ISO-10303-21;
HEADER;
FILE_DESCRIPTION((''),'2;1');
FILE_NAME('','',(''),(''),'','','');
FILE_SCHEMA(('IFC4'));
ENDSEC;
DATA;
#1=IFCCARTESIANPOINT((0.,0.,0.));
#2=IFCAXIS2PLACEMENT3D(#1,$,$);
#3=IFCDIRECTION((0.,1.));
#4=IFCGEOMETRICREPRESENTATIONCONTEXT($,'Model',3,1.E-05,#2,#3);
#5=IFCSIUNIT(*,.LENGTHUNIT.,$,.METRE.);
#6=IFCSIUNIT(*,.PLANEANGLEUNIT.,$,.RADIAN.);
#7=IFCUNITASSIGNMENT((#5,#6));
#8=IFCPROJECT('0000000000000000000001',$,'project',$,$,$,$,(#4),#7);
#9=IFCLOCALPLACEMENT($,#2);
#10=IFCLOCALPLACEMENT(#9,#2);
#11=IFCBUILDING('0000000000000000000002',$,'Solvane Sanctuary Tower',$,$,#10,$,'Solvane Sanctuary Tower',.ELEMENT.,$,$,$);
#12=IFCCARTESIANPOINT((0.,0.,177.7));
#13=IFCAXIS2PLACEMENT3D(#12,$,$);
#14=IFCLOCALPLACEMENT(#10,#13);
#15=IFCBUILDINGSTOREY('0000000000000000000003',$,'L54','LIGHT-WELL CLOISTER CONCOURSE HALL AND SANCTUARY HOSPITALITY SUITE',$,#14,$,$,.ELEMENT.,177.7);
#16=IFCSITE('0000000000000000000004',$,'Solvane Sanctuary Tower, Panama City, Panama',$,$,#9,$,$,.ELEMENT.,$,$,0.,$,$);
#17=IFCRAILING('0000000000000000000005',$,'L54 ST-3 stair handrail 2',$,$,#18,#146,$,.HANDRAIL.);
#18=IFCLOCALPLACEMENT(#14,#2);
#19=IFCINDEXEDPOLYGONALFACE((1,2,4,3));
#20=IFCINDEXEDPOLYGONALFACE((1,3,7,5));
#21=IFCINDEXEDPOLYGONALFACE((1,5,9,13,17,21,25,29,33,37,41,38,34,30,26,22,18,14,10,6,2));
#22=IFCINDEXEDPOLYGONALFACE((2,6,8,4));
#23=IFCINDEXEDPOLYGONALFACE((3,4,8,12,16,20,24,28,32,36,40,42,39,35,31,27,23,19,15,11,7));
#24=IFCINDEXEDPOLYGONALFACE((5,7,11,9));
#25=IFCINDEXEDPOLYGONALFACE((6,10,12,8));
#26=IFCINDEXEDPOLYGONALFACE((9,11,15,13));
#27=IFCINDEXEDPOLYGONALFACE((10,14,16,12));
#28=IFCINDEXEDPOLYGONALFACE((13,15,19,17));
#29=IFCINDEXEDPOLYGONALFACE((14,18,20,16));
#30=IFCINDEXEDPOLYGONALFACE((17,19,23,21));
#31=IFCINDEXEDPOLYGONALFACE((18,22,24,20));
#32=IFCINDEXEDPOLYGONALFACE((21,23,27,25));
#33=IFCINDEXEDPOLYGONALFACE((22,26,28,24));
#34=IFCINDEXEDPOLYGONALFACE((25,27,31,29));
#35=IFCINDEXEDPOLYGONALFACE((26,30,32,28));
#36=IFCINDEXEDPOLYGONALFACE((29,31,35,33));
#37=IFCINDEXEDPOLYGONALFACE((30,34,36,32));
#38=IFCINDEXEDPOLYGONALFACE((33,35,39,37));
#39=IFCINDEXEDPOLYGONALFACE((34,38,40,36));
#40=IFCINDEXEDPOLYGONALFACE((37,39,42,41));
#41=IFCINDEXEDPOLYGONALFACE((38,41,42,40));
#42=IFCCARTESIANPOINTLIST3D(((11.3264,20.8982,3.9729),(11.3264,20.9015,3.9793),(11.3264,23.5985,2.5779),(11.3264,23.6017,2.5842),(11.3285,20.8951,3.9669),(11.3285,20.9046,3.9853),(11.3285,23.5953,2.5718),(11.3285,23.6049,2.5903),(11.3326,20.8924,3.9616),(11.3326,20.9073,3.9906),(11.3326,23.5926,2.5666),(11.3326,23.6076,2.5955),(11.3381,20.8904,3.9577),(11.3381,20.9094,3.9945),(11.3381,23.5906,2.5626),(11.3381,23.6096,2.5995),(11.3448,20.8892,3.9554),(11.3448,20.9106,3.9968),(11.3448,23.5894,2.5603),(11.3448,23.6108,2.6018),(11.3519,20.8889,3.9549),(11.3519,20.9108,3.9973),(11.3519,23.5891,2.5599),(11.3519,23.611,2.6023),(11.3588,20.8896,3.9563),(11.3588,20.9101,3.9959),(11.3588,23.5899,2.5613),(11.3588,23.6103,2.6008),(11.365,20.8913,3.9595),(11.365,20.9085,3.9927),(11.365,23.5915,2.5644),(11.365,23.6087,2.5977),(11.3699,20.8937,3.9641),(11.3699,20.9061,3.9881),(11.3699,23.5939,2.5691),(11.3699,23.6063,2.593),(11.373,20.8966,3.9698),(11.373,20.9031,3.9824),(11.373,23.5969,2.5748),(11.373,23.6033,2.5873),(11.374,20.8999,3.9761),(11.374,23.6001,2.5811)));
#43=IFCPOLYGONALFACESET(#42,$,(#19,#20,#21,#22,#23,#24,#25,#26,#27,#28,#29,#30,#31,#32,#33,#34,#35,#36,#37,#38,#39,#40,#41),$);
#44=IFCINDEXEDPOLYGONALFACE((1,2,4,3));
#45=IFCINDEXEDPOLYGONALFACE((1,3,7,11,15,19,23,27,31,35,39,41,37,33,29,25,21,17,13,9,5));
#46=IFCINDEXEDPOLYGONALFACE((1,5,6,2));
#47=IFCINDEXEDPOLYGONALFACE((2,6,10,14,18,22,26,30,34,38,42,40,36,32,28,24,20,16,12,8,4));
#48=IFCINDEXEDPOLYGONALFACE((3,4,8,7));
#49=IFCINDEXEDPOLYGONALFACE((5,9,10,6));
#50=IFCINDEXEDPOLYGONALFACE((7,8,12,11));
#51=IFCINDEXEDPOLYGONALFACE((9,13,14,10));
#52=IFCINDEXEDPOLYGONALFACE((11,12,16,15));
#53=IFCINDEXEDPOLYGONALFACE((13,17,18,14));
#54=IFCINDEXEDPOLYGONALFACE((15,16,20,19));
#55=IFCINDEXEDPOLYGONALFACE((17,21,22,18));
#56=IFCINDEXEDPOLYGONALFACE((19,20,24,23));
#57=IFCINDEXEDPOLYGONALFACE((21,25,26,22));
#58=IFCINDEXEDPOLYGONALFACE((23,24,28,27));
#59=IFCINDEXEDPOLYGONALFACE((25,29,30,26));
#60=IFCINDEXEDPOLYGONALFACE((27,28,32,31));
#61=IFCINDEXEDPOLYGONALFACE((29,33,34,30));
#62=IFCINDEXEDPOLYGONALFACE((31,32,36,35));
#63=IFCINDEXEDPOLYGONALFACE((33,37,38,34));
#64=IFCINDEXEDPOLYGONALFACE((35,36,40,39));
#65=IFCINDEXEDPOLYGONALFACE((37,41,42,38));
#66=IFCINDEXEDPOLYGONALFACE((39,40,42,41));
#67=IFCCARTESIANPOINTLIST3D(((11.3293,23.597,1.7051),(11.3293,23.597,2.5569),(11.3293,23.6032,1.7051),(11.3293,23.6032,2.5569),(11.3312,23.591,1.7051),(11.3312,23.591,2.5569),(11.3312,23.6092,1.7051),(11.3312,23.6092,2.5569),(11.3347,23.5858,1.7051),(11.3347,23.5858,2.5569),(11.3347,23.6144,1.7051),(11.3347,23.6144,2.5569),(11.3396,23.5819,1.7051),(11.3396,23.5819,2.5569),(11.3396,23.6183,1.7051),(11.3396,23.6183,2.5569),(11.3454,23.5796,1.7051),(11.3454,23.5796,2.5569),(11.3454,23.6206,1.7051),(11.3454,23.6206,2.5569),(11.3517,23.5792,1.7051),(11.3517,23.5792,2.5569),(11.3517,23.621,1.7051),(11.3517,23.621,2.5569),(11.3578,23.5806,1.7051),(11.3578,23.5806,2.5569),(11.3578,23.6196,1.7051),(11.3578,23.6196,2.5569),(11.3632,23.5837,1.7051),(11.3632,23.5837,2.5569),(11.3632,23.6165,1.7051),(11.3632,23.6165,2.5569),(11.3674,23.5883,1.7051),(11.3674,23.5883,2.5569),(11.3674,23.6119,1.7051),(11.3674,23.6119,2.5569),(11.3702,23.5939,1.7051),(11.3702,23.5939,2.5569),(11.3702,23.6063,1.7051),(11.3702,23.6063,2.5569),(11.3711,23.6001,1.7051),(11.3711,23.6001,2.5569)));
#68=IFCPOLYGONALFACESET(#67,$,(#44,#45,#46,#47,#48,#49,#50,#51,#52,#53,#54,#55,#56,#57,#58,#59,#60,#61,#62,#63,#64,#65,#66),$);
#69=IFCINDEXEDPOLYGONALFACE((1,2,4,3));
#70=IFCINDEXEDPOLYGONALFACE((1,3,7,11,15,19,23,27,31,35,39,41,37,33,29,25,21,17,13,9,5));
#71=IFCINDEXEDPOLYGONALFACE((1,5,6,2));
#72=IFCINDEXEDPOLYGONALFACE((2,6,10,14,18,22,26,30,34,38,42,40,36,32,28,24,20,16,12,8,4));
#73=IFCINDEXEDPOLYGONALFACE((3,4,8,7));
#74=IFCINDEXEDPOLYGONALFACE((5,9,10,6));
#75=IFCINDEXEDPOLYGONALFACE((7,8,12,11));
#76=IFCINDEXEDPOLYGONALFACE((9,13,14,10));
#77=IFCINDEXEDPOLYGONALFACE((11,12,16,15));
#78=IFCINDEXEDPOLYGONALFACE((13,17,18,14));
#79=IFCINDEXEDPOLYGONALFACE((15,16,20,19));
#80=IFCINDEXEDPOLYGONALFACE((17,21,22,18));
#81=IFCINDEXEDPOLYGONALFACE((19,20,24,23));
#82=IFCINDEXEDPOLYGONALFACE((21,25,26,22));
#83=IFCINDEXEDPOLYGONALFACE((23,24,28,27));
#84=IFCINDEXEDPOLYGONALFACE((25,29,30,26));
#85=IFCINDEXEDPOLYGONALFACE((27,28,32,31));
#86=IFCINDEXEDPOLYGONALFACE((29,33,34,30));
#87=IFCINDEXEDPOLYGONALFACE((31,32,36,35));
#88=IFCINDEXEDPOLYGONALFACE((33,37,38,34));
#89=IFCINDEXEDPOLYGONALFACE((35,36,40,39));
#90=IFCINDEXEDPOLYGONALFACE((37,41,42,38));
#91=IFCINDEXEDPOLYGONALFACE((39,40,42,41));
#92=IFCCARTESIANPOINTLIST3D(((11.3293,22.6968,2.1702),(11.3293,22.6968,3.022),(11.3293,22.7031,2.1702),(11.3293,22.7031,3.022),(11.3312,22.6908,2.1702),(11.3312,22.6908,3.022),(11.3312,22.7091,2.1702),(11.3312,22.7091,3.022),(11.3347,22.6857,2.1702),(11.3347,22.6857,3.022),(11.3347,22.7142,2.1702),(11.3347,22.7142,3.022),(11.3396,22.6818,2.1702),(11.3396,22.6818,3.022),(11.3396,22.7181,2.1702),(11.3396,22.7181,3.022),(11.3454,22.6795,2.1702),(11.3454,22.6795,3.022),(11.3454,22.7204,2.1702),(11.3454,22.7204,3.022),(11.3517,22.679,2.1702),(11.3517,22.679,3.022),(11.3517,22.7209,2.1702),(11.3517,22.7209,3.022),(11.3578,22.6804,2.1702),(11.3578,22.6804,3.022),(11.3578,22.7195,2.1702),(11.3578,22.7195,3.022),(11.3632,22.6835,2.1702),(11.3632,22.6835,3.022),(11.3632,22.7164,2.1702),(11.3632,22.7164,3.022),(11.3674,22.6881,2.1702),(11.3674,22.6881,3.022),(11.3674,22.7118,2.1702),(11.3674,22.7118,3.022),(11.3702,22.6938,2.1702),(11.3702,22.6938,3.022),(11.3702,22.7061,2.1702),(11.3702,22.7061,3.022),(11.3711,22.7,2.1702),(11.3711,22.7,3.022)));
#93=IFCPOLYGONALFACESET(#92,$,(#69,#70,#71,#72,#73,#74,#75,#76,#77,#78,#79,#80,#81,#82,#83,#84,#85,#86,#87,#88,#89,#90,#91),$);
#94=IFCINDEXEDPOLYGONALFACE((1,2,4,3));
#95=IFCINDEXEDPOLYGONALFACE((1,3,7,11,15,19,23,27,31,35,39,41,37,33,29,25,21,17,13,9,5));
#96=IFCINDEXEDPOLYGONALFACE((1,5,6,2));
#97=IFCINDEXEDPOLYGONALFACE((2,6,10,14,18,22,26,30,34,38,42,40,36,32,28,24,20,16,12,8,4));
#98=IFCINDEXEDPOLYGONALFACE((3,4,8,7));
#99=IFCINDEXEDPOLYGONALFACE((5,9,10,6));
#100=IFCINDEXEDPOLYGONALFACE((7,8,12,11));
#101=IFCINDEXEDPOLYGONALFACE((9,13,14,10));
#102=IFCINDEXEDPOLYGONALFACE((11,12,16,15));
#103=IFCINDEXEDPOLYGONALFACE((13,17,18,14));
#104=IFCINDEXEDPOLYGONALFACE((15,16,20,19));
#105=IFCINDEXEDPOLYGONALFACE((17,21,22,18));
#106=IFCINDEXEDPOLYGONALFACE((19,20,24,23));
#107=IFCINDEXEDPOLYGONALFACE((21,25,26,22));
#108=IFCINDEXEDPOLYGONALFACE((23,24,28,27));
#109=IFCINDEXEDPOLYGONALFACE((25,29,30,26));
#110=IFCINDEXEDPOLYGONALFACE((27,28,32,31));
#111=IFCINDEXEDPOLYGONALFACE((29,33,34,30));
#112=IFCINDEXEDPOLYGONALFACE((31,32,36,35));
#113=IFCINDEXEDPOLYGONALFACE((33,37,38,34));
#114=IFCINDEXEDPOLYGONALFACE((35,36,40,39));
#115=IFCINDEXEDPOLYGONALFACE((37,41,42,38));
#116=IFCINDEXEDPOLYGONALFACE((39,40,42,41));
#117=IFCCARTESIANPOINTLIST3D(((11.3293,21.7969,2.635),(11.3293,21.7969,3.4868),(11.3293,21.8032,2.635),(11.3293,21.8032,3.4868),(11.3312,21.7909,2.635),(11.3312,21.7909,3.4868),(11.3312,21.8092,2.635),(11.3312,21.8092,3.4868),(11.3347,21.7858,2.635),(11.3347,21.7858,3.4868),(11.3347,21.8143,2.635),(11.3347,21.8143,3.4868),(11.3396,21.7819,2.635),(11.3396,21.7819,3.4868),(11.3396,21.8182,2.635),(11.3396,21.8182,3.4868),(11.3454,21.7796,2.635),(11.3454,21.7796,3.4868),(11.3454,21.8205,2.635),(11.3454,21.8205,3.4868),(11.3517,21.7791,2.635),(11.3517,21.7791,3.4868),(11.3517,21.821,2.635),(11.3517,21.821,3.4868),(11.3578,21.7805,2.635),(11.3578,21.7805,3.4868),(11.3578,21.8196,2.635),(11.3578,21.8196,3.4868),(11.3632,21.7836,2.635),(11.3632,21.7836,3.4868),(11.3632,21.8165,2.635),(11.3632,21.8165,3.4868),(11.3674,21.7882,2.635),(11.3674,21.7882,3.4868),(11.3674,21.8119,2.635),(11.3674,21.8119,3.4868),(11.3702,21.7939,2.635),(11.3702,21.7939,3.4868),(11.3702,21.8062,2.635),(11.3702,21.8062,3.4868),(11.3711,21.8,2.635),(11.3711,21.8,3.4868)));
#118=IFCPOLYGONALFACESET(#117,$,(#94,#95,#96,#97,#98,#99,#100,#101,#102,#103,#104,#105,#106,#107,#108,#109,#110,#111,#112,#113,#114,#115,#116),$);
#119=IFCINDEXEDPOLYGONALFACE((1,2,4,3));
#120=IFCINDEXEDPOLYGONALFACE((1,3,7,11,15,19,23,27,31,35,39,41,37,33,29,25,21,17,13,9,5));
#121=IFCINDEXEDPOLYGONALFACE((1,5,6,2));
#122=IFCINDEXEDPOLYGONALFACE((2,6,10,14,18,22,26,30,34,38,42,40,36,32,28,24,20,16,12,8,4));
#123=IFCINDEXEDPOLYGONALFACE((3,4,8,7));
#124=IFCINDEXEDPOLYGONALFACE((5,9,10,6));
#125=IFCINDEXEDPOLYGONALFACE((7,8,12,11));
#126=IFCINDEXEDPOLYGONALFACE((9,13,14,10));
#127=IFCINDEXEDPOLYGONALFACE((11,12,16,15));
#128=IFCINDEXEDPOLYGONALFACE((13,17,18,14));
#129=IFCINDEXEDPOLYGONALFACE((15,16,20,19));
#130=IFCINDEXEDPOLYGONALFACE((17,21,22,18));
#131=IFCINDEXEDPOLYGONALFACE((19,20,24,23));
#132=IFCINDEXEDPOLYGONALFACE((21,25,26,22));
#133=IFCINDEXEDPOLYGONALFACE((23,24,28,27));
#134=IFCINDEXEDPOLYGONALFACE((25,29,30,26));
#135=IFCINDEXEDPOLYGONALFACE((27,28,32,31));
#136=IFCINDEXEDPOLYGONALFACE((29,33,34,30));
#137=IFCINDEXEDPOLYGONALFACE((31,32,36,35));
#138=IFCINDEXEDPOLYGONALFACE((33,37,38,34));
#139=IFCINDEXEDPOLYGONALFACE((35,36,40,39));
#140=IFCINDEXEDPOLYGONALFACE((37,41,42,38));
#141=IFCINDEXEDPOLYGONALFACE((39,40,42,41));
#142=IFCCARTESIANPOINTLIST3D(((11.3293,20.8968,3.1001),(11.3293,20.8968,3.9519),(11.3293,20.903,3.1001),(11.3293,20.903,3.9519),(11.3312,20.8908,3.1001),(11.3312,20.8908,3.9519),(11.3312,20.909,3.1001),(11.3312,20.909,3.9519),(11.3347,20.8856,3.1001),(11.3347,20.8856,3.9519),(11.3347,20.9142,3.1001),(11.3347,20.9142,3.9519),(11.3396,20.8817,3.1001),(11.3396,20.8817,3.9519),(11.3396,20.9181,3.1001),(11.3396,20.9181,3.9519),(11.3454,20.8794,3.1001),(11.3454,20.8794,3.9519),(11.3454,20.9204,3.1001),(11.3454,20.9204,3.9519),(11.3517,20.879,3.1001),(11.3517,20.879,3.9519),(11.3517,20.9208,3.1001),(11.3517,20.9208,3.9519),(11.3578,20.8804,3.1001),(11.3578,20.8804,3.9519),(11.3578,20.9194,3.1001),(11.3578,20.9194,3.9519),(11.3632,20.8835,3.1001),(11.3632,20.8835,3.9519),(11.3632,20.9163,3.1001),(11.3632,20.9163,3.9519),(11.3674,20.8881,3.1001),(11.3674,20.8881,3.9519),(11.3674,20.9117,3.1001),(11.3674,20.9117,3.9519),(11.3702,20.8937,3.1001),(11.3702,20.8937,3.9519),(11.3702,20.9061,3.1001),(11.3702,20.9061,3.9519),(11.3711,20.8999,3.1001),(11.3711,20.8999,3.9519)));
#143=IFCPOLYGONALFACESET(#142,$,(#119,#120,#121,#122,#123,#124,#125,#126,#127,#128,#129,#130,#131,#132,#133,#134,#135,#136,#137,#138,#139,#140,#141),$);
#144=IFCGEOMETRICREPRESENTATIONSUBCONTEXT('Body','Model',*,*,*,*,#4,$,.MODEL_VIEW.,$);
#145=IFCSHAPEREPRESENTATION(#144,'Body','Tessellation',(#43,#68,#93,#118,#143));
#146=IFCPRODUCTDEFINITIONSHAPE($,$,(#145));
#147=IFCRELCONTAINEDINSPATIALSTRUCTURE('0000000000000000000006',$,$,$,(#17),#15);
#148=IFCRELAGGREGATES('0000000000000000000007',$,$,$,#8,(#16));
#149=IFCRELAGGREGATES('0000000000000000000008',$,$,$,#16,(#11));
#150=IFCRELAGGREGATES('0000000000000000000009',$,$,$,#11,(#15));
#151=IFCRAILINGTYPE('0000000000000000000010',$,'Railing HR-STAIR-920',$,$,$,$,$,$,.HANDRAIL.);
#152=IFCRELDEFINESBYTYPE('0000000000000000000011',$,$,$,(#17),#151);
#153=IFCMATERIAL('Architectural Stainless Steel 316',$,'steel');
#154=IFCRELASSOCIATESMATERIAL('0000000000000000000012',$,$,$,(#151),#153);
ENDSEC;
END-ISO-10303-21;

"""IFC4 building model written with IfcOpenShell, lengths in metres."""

from ifc_helpers import new_model, si_unit, direction, frame, origin, origin_2d, place, context, subcontext, project, spatial, circle, extrude, material, type_object, element, save


model = new_model("IFC4")

# Units and contexts
model_context = context("Model", 3, precision=1e-05, world=origin(), true_north=direction((0.0, 1.0)))
body_context = subcontext(model_context, "Body", "Model", "MODEL_VIEW")
ifc_project = project(units=[si_unit("LENGTHUNIT", "METRE"), si_unit("PLANEANGLEUNIT", "RADIAN")], contexts=[model_context])

# Site, building, storey
site_placement = place(None, origin())
site = spatial("IfcSite", under=ifc_project, at=site_placement, Name="Solvane Sanctuary Tower, Panama City, Panama", CompositionType="ELEMENT", RefElevation=0.0)
building_placement = place(site_placement, origin())
building = spatial("IfcBuilding", under=site, at=building_placement, Name="Solvane Sanctuary Tower", LongName="Solvane Sanctuary Tower", CompositionType="ELEMENT")
storey_placement = place(building_placement, frame((0.0, 0.0, 177.7)))
storey = spatial("IfcBuildingStorey", under=building, at=storey_placement, Name="L54", Description="LIGHT-WELL CLOISTER CONCOURSE HALL AND SANCTUARY HOSPITALITY SUITE", CompositionType="ELEMENT", Elevation=177.7)

# Shared definitions
ifc_material_1 = material(Name="Architectural Stainless Steel 316", Category="steel")

# Railing
railing_type_1 = type_object("IfcRailingType", Name="Railing HR-STAIR-920", PredefinedType="HANDRAIL", material=ifc_material_1)
railing_1_placement = place(storey_placement, frame((11.3501, 23.6001, 1.7051)))
element("IfcRailing", 1, at=railing_1_placement, inside=storey, type_object=railing_type_1, Name="L54 ST-3 stair handrail 2", PredefinedType="HANDRAIL", context=body_context, shape_type="SweptSolid", body=[
    extrude(circle(Radius=0.0239, at=origin_2d()), frame((0.0, 0.0, 0.876), z_axis=(0.0, -0.888437, 0.458999), x_axis=(1.0, 0.0, 0.0)), (0.0, 0.0, 1.0), 3.0393),
    extrude(circle(Radius=0.021, at=origin_2d()), origin(), (0.0, 0.0, 1.0), 0.8518),
    extrude(circle(Radius=0.021, at=origin_2d()), frame((0.0, -0.9001, 0.4651)), (0.0, 0.0, 1.0), 0.8518),
    extrude(circle(Radius=0.021, at=origin_2d()), frame((0.0, -1.8, 0.9299)), (0.0, 0.0, 1.0), 0.8518),
    extrude(circle(Radius=0.021, at=origin_2d()), frame((0.0, -2.7002, 1.395)), (0.0, 0.0, 1.0), 0.8518),
])

save(model, "model.ifc")
